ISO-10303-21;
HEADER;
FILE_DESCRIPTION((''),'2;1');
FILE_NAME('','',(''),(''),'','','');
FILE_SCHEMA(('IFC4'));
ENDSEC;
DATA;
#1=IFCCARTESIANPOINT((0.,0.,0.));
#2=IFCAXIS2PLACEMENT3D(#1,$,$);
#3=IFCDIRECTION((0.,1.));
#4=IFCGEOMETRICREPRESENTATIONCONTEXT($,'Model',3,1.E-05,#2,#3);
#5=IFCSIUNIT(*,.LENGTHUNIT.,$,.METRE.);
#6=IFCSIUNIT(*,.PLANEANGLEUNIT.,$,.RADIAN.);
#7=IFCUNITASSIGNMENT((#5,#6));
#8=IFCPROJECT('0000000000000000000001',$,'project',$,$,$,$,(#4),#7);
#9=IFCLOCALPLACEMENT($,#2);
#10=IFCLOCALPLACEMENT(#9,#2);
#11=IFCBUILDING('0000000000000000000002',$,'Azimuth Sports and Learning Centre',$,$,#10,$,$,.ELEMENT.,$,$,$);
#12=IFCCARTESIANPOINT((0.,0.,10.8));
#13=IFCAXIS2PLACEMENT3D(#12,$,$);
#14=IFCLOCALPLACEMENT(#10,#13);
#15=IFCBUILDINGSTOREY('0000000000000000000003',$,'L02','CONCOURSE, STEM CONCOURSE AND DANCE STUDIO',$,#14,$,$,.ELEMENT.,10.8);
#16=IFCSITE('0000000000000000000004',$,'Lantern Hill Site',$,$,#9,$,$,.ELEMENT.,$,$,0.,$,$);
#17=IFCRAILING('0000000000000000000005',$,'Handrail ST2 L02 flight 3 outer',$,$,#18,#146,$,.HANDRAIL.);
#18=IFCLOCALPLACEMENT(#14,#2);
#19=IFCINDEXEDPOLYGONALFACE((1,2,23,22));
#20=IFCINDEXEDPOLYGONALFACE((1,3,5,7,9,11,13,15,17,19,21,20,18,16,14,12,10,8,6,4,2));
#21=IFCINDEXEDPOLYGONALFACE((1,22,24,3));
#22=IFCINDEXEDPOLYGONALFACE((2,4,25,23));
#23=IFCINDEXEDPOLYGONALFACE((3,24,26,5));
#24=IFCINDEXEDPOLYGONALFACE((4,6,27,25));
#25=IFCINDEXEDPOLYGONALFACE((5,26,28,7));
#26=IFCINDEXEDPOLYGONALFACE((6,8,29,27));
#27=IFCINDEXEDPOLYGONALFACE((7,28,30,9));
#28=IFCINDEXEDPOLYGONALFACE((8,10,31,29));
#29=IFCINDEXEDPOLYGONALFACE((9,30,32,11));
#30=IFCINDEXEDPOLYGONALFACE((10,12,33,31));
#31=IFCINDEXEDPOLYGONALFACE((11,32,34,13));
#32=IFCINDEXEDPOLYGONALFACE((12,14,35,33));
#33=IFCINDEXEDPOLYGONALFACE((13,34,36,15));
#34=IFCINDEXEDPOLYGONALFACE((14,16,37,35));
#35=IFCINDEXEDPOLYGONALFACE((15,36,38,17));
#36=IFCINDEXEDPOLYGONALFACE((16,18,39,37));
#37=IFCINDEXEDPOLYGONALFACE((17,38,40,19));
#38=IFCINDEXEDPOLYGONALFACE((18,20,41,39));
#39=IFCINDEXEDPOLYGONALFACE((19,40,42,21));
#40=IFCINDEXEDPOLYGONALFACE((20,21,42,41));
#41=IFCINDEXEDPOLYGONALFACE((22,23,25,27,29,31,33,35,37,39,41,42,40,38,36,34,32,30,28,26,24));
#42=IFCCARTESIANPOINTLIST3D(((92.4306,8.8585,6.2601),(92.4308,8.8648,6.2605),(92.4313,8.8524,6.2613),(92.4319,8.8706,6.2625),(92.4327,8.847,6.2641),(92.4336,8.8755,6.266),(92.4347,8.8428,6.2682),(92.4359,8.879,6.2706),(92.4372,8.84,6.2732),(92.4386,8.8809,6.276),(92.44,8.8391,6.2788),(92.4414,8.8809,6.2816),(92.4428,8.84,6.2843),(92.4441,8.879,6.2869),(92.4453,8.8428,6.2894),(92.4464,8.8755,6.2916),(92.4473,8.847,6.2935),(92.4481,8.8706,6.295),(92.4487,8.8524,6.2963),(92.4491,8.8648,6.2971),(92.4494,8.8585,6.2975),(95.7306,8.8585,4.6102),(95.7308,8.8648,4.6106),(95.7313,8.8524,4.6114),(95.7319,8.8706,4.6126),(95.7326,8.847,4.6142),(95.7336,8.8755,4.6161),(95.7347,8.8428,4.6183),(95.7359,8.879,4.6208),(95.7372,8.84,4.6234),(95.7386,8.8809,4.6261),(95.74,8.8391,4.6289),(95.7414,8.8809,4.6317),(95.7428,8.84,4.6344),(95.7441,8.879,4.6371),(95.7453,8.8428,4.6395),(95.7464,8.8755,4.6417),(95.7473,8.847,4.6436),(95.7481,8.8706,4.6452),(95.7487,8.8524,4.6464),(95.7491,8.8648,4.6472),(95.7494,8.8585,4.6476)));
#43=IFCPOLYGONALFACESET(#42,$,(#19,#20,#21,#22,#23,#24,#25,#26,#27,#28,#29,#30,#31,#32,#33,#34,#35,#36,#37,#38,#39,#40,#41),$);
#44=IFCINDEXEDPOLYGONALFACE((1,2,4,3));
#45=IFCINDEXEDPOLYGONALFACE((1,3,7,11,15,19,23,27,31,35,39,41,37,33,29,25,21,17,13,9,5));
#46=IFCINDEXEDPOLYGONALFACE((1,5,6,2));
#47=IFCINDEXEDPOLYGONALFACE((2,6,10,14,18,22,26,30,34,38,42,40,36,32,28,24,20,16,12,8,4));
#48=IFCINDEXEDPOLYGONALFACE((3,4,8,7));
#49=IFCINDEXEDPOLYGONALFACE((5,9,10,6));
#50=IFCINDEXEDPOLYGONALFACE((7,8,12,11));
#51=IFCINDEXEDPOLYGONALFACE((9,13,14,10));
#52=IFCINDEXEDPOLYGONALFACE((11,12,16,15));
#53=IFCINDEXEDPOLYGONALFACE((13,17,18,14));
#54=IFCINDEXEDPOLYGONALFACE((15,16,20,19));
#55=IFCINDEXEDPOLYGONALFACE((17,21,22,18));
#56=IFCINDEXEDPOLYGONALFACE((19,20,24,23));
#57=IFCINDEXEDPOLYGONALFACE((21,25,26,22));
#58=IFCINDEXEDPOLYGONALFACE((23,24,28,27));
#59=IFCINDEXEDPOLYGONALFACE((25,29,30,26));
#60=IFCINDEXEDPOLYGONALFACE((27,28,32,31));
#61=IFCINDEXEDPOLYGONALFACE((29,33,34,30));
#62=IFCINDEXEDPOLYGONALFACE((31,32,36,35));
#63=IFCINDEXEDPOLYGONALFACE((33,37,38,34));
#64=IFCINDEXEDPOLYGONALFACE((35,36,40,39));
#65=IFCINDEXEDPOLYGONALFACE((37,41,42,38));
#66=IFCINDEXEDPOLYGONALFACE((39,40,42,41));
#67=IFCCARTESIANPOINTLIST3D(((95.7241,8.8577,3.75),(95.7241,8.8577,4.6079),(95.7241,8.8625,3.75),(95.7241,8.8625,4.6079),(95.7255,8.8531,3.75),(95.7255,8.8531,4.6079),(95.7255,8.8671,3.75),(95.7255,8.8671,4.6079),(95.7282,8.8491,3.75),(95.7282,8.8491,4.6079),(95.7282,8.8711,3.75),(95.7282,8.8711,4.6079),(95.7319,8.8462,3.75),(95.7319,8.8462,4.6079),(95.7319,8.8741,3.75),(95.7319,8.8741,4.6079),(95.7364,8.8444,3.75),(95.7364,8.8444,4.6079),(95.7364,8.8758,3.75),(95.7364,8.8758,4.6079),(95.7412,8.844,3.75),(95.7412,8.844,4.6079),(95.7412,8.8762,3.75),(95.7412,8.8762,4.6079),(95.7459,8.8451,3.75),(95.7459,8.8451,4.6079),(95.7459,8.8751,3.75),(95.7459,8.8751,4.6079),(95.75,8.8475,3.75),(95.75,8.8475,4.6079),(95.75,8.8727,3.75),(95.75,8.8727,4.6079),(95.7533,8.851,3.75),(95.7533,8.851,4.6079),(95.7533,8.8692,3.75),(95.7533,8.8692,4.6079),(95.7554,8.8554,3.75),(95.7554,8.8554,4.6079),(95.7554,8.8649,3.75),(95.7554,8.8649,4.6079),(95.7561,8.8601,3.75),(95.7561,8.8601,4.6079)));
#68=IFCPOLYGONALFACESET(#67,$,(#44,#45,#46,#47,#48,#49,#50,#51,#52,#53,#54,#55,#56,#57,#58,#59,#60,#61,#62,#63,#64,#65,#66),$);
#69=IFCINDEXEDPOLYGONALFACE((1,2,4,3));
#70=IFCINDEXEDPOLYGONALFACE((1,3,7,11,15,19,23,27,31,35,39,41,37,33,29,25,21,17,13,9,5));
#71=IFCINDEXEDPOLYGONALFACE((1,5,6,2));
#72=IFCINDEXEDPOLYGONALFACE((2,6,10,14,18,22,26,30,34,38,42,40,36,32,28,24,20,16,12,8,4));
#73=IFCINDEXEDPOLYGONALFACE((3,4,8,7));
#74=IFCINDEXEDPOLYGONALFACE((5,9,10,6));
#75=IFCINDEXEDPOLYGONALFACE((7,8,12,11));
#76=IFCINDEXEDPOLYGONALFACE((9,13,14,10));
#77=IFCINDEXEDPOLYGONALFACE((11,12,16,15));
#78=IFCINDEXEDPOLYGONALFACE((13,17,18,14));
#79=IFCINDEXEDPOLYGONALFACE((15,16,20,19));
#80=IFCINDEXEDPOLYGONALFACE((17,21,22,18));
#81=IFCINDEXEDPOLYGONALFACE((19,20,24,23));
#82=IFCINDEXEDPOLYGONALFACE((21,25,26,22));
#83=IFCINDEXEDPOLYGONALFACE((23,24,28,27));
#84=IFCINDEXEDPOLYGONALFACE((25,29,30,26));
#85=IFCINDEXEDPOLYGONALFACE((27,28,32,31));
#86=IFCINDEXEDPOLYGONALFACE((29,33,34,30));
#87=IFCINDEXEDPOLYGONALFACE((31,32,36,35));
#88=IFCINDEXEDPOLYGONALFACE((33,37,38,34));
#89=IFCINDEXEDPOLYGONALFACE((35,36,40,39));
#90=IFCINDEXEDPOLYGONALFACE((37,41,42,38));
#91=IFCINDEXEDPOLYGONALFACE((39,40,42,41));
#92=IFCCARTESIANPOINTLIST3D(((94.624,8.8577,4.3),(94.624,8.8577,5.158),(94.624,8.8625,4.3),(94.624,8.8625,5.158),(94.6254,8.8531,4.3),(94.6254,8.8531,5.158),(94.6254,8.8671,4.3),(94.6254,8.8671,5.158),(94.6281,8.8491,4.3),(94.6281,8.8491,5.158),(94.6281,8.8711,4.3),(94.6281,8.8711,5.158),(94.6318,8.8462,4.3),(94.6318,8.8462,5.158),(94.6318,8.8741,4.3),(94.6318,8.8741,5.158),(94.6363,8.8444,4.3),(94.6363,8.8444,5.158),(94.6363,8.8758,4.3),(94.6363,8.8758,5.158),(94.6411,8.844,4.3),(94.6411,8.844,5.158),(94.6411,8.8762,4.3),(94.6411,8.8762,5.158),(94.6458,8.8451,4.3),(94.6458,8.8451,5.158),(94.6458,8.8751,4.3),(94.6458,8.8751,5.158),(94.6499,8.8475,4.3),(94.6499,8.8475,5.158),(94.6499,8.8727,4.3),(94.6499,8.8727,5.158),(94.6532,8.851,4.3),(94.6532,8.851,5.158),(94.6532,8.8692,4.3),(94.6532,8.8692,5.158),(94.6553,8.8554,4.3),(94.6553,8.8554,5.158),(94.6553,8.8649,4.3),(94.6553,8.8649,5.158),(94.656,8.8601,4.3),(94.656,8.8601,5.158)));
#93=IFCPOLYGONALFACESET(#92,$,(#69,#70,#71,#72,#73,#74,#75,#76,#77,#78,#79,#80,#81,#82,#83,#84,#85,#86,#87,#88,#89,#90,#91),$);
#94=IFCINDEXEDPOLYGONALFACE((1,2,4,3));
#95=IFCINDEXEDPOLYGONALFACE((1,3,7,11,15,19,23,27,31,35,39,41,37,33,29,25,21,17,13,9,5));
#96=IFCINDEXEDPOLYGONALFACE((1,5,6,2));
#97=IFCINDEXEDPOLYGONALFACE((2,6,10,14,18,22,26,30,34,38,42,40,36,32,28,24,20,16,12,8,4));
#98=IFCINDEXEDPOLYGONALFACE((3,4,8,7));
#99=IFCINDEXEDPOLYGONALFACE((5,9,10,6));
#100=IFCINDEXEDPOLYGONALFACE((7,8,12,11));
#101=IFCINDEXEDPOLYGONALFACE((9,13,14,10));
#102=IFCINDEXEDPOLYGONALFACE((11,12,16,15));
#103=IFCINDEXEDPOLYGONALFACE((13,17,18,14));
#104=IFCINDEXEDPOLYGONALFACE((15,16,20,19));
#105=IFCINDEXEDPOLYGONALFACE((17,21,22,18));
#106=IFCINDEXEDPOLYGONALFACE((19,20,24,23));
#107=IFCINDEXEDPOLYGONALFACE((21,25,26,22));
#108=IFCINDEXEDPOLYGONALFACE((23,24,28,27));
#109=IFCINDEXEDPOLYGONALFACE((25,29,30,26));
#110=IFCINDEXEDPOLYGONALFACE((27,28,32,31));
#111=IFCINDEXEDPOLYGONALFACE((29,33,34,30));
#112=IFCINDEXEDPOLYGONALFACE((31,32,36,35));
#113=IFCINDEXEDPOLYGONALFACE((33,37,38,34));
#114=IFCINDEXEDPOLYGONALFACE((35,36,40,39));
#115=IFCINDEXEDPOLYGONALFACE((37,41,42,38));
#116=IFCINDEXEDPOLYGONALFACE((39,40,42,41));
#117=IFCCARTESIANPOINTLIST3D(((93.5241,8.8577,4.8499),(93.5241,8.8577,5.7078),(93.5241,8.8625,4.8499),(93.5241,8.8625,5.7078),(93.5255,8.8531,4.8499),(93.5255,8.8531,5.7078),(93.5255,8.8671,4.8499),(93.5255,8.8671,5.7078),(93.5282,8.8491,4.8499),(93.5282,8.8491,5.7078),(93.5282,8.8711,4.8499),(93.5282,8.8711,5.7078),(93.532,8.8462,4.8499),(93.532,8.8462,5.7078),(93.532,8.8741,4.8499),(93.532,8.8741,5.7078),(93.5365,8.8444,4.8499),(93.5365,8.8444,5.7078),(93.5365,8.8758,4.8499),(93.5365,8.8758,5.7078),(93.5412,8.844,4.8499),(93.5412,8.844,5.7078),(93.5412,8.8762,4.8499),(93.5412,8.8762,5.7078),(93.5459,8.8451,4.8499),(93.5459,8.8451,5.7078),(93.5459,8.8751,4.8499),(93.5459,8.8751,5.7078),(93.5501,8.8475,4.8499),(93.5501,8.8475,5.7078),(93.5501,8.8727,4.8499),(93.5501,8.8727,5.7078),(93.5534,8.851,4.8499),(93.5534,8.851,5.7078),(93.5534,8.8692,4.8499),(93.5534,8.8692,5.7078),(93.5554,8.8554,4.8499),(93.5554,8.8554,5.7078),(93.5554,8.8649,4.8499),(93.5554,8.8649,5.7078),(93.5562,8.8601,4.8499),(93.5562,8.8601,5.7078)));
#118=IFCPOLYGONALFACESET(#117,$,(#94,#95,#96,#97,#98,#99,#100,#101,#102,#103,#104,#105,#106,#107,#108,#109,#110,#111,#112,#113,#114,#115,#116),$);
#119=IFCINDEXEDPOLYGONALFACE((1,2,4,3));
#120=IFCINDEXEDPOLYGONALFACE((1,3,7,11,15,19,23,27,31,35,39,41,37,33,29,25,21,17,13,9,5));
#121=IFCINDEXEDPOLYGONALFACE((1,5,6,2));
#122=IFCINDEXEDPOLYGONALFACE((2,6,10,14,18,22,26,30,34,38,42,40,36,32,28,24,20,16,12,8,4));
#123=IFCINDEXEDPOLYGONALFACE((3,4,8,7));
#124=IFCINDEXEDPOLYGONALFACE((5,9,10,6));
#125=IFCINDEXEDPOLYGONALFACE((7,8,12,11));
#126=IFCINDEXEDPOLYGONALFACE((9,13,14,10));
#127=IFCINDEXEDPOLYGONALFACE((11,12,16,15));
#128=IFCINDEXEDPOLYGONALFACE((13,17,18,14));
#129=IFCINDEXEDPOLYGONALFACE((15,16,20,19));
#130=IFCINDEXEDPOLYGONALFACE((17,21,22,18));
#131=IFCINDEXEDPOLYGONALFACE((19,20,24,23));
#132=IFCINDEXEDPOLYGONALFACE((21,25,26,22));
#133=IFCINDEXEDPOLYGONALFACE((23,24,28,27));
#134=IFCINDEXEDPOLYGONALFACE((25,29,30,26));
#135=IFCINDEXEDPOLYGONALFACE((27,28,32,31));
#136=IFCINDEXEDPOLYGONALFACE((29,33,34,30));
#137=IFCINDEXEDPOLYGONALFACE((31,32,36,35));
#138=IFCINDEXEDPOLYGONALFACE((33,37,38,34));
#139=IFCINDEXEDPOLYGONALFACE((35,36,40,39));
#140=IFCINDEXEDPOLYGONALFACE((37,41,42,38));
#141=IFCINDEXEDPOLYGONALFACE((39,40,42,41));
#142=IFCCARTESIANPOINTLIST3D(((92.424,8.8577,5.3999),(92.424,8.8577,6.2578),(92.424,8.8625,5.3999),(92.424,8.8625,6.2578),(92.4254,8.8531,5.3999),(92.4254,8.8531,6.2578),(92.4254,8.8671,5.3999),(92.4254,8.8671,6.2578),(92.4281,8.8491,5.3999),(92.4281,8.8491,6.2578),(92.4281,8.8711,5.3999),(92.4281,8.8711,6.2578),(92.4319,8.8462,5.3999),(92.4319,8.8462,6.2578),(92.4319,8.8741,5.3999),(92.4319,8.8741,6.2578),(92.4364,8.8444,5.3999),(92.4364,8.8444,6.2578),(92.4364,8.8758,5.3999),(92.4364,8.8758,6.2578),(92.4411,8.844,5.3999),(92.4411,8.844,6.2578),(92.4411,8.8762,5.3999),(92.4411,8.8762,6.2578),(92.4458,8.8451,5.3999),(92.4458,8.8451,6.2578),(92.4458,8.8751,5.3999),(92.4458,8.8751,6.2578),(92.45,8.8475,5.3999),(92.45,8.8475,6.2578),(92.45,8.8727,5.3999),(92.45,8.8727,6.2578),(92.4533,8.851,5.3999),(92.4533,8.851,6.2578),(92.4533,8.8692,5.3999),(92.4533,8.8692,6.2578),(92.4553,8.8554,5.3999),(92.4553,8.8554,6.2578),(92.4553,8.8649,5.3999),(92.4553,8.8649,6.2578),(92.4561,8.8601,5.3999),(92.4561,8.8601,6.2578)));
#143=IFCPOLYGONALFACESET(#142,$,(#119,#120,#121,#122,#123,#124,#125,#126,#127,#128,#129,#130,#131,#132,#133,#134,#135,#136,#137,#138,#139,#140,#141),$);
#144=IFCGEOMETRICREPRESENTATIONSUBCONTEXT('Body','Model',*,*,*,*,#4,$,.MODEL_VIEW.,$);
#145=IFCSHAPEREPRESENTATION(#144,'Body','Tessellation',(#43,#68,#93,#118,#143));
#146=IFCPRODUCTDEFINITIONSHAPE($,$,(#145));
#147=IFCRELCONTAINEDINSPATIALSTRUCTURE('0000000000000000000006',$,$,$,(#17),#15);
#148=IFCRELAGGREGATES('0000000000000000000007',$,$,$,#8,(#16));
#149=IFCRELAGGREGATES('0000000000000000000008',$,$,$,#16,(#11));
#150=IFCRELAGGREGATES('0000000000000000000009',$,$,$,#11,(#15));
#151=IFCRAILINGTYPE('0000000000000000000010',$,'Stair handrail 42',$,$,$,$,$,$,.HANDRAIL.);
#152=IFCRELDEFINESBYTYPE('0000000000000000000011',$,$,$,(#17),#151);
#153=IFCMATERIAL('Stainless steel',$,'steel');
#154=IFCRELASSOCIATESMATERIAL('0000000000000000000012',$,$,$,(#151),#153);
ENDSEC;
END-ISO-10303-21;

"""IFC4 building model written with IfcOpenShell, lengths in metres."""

from ifc_helpers import new_model, si_unit, direction, frame, origin, origin_2d, place, context, subcontext, project, spatial, circle, extrude, material, type_object, element, save


model = new_model("IFC4")

# Units and contexts
model_context = context("Model", 3, precision=1e-05, world=origin(), true_north=direction((0.0, 1.0)))
body_context = subcontext(model_context, "Body", "Model", "MODEL_VIEW")
ifc_project = project(units=[si_unit("LENGTHUNIT", "METRE"), si_unit("PLANEANGLEUNIT", "RADIAN")], contexts=[model_context])

# Site, building, storey
site_placement = place(None, origin())
site = spatial("IfcSite", under=ifc_project, at=site_placement, Name="Lantern Hill Site", CompositionType="ELEMENT", RefElevation=0.0)
building_placement = place(site_placement, origin())
building = spatial("IfcBuilding", under=site, at=building_placement, Name="Azimuth Sports and Learning Centre", CompositionType="ELEMENT")
storey_placement = place(building_placement, frame((0.0, 0.0, 10.8)))
storey = spatial("IfcBuildingStorey", under=building, at=storey_placement, Name="L02", Description="CONCOURSE, STEM CONCOURSE AND DANCE STUDIO", CompositionType="ELEMENT", Elevation=10.8)

# Railing
ifc_material_1 = material(Name="Stainless steel", Category="steel")
railing_type = type_object("IfcRailingType", Name="Stair handrail 42", PredefinedType="HANDRAIL", material=ifc_material_1)
railing_placement = place(storey_placement, frame((95.74, 8.8601, 3.75)))
element("IfcRailing", 1, at=railing_placement, inside=storey, type_object=railing_type, Name="Handrail ST2 L02 flight 3 outer", PredefinedType="HANDRAIL", context=body_context, shape_type="SweptSolid", body=[
    extrude(circle(Radius=0.021, at=origin_2d()), frame((0.0, 0.0, 0.8789), z_axis=(-0.89444, 0.0, 0.447187), x_axis=(0.0, -1.0, 0.0)), (0.0, 0.0, 1.0), 3.6895),
    extrude(circle(Radius=0.0161, at=origin_2d()), origin(), (0.0, 0.0, 1.0), 0.8579),
    extrude(circle(Radius=0.0161, at=origin_2d()), frame((-1.1001, 0.0, 0.55)), (0.0, 0.0, 1.0), 0.8579),
    extrude(circle(Radius=0.0161, at=origin_2d()), frame((-2.2, 0.0, 1.0999)), (0.0, 0.0, 1.0), 0.8579),
    extrude(circle(Radius=0.0161, at=origin_2d()), frame((-3.3, 0.0, 1.6499)), (0.0, 0.0, 1.0), 0.8579),
])

save(model, "model.ifc")
